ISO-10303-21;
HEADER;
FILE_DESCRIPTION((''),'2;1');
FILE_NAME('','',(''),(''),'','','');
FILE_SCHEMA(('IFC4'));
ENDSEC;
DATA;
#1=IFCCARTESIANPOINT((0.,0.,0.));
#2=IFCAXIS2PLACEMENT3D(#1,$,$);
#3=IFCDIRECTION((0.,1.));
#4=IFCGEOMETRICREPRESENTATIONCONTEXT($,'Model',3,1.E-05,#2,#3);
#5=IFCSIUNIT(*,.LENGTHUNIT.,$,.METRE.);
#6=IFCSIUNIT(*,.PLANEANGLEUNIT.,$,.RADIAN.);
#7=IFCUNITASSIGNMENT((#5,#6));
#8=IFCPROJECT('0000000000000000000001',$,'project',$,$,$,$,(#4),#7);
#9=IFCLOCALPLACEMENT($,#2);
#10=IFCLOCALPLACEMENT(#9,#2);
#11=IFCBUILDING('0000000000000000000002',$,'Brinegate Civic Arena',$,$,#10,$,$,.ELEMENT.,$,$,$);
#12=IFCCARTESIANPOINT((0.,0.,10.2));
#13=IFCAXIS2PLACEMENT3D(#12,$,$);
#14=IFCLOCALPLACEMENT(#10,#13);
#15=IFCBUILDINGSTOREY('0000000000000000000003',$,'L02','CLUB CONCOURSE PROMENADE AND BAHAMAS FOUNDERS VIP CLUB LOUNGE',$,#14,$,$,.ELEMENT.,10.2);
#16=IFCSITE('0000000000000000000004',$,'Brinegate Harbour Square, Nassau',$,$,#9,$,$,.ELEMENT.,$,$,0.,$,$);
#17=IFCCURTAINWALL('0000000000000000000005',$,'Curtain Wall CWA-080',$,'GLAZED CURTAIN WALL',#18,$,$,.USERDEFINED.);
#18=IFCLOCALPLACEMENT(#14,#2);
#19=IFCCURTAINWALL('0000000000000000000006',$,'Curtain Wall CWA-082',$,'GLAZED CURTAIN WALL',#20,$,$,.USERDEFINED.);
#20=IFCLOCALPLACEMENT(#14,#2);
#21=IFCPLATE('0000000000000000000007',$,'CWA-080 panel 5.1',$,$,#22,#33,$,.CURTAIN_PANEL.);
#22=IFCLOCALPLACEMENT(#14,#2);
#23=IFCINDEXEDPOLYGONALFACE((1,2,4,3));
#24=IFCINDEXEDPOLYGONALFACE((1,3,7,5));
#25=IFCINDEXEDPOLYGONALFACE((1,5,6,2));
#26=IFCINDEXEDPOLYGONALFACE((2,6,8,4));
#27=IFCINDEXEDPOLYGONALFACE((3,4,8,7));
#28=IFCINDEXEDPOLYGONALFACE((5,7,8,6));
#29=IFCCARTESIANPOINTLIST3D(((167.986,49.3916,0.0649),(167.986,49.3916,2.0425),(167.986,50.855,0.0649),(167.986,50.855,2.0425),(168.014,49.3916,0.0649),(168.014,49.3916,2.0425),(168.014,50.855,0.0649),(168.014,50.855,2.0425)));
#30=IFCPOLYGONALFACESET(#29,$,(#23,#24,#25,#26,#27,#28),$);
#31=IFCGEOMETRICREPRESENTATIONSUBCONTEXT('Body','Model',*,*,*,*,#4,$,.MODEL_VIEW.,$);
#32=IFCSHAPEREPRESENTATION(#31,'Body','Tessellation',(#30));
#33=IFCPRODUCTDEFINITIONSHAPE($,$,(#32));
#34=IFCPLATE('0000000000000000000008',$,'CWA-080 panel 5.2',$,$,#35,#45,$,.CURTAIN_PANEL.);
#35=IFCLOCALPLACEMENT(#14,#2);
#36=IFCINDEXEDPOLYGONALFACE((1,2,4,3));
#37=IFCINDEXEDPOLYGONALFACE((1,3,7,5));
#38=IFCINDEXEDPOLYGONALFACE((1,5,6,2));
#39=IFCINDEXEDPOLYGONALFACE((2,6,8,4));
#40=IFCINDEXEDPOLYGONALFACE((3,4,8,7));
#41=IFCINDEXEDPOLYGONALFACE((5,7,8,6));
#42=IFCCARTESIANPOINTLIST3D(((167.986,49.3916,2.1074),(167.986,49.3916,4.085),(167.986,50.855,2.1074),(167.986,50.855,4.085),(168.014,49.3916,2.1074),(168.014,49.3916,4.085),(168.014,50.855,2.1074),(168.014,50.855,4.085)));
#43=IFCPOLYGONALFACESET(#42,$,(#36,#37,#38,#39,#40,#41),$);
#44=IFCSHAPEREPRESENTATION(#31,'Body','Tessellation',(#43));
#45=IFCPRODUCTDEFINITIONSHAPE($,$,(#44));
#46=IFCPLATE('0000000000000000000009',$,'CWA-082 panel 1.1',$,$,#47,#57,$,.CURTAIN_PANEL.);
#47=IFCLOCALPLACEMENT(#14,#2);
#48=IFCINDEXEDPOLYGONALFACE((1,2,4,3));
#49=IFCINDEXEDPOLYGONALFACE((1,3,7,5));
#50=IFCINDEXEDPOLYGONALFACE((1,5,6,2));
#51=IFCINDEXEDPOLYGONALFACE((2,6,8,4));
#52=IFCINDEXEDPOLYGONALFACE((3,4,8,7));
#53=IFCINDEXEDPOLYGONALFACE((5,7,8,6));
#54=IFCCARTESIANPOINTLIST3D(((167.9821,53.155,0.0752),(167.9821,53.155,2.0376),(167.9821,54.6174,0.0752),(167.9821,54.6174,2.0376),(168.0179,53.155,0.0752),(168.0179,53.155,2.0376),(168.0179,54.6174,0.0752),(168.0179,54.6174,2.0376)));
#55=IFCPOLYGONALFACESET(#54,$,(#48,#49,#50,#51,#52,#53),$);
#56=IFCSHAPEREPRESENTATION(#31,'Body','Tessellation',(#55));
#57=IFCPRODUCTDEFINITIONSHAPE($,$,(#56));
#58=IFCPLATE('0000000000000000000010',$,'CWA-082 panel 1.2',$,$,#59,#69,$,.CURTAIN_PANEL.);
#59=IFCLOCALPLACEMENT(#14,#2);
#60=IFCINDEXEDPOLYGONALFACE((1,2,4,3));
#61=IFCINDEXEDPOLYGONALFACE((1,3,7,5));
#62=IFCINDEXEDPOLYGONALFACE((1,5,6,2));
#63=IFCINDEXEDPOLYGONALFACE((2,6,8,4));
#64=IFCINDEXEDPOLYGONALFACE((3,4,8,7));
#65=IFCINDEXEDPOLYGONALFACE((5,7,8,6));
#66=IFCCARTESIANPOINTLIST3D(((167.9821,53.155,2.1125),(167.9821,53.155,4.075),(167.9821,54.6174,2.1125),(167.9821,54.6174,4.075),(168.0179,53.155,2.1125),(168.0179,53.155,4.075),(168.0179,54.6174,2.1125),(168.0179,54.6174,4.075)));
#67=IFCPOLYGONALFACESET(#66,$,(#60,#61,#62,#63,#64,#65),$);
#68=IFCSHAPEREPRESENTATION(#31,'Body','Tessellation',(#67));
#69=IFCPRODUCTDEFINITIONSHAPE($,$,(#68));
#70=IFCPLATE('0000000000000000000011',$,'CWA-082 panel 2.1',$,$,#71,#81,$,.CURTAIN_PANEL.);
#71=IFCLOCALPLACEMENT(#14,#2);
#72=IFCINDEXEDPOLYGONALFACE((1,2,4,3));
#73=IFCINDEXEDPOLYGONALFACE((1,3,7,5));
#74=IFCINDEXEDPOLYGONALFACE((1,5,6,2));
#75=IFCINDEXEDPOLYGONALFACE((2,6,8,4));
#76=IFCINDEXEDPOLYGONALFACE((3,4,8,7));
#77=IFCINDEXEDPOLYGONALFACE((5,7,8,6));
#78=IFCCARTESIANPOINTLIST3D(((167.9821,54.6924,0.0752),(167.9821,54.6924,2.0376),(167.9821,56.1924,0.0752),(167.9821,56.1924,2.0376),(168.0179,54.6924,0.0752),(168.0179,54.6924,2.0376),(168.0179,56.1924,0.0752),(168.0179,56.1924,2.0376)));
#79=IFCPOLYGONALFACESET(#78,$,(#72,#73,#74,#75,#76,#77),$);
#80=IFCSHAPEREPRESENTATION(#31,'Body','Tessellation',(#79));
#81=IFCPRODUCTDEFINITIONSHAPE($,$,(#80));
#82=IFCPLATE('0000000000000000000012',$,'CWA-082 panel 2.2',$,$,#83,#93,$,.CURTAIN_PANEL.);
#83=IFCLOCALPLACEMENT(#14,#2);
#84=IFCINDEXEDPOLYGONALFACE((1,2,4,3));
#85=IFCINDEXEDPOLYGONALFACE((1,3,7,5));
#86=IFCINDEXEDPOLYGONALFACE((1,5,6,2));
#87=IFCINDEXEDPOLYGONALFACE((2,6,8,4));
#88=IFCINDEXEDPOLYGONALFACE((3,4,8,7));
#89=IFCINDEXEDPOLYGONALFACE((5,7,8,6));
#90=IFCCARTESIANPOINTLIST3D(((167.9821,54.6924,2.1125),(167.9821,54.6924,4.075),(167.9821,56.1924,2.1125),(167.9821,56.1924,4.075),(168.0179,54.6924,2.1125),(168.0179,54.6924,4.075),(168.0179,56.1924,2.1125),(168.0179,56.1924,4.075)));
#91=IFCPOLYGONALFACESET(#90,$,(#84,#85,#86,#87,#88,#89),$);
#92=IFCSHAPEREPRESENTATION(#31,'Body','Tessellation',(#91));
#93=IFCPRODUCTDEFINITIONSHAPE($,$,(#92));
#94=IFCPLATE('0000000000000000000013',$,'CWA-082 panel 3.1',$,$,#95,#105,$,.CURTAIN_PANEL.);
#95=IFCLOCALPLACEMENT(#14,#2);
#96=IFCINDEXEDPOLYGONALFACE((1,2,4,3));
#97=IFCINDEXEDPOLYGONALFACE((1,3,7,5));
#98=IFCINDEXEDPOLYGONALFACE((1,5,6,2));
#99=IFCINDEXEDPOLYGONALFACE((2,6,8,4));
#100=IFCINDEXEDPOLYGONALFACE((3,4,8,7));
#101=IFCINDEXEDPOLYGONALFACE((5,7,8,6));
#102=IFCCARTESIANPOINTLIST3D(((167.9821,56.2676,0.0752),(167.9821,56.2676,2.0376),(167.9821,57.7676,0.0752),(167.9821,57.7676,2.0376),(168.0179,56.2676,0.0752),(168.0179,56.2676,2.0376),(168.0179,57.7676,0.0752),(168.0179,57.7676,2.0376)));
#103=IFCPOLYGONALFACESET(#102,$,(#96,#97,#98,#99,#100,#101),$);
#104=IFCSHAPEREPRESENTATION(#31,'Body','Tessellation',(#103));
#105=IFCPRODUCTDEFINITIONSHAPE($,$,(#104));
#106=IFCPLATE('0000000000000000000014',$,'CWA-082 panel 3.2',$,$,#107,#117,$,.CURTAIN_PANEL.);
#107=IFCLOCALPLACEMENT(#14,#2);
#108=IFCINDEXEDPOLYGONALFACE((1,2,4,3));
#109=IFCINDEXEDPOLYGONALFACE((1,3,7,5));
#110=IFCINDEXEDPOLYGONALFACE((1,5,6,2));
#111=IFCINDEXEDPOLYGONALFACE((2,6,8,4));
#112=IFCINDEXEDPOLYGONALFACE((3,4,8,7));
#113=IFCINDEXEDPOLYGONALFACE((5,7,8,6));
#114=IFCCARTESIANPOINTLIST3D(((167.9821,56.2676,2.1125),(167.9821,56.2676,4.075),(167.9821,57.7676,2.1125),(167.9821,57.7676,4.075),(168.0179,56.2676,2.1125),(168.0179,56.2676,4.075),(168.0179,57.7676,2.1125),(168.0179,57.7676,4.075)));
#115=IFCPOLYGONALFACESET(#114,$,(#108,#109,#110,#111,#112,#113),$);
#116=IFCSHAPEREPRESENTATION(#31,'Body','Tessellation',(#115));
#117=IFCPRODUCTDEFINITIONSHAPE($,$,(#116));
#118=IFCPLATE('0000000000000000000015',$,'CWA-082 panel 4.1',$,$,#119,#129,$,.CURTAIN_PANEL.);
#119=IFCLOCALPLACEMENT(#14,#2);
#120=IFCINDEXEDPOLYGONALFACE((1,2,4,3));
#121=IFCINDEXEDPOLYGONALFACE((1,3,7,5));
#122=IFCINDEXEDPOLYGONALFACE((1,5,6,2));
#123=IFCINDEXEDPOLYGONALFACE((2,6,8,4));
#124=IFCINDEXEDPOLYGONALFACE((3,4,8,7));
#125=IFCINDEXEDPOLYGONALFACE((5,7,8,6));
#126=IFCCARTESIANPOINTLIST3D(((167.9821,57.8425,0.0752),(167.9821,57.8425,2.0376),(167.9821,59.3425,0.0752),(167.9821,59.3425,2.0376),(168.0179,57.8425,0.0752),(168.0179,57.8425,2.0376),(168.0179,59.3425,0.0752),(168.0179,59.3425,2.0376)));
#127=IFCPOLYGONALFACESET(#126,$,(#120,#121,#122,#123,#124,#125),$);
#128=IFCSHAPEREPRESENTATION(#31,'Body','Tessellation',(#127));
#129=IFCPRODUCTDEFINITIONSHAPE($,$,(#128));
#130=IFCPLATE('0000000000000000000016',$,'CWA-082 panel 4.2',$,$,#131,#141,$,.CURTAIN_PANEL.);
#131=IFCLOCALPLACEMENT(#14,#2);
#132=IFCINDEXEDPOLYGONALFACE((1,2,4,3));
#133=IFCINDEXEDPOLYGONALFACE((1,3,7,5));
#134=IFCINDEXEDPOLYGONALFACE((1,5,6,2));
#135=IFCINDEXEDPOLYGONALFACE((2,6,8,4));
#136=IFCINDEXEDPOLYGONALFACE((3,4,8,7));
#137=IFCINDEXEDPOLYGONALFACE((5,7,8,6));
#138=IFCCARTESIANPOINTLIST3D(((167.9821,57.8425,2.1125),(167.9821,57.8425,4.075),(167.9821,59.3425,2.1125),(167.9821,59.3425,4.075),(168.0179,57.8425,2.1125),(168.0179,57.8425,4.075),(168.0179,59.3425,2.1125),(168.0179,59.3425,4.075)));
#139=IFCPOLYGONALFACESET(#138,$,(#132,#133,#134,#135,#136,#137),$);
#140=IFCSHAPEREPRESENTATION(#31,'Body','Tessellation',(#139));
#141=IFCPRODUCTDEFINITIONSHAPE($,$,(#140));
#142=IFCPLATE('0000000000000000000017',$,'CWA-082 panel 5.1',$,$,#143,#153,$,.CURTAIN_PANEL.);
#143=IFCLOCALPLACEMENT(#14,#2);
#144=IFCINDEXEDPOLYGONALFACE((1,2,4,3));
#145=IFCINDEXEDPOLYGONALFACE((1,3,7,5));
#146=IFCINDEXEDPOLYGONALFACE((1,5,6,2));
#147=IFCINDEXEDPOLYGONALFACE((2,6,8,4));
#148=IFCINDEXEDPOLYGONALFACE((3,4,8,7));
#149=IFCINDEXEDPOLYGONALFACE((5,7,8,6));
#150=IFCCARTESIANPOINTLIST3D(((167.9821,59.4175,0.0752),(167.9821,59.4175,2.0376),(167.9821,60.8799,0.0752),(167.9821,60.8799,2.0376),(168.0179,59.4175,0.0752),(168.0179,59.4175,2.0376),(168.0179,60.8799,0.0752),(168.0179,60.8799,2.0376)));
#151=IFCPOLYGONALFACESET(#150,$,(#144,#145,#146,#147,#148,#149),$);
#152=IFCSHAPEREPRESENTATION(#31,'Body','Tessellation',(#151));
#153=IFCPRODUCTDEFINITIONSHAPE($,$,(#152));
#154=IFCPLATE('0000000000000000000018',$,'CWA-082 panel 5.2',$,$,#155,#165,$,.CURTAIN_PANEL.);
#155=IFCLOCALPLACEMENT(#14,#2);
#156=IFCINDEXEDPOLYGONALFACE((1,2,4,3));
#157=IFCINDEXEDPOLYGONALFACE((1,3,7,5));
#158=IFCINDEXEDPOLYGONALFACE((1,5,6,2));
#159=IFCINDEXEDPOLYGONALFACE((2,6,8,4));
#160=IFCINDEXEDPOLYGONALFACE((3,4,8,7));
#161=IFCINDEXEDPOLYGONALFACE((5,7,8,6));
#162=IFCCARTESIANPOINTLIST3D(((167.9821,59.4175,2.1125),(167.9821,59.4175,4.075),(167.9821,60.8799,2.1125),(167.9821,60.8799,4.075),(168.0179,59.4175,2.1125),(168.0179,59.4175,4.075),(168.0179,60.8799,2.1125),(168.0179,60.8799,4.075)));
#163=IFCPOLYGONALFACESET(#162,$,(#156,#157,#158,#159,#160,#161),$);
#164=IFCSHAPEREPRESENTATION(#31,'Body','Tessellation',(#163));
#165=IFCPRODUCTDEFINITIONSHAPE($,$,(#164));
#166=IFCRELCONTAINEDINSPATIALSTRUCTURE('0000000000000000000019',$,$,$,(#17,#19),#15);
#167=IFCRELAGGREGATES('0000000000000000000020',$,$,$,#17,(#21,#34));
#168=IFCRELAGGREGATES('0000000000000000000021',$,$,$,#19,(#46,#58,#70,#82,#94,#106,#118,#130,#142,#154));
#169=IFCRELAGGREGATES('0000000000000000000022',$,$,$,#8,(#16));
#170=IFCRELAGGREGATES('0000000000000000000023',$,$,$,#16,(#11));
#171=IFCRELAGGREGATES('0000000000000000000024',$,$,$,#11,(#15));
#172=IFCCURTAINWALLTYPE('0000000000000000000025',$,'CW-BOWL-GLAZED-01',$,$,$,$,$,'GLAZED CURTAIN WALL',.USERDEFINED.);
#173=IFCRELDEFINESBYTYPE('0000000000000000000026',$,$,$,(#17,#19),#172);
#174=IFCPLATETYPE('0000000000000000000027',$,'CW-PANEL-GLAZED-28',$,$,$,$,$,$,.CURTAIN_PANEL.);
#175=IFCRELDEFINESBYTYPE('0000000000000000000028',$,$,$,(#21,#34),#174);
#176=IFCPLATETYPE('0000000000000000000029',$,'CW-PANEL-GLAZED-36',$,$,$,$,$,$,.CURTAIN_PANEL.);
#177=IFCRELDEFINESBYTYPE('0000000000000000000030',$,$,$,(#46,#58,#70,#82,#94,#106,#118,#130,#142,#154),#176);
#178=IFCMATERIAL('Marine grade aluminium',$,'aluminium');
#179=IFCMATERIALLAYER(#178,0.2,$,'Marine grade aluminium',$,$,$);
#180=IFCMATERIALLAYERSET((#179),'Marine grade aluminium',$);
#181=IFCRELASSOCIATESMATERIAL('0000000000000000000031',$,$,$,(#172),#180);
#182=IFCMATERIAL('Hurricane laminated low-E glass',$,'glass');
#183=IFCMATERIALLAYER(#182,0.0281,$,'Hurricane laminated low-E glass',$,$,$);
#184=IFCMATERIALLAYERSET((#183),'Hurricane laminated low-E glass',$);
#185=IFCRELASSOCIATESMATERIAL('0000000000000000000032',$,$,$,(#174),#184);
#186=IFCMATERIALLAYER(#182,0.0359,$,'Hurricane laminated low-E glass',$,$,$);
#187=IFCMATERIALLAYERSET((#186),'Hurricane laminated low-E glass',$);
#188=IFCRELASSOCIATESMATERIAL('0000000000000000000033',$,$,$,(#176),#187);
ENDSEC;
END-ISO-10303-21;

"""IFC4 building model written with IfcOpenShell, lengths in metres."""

from ifc_helpers import new_model, si_unit, direction, frame, origin, origin_2d, place, context, subcontext, project, spatial, rectangle, extrude, material, layer, layer_set, type_object, element, aggregate, save


model = new_model("IFC4")

# Units and contexts
model_context = context("Model", 3, precision=1e-05, world=origin(), true_north=direction((0.0, 1.0)))
body_context = subcontext(model_context, "Body", "Model", "MODEL_VIEW")
ifc_project = project(units=[si_unit("LENGTHUNIT", "METRE"), si_unit("PLANEANGLEUNIT", "RADIAN")], contexts=[model_context])

# Site, building, storey
site_placement = place(None, origin())
site = spatial("IfcSite", under=ifc_project, at=site_placement, Name="Brinegate Harbour Square, Nassau", CompositionType="ELEMENT", RefElevation=0.0)
building_placement = place(site_placement, origin())
building = spatial("IfcBuilding", under=site, at=building_placement, Name="Brinegate Civic Arena", CompositionType="ELEMENT")
storey_placement = place(building_placement, frame((0.0, 0.0, 10.2)))
storey = spatial("IfcBuildingStorey", under=building, at=storey_placement, Name="L02", Description="CLUB CONCOURSE PROMENADE AND BAHAMAS FOUNDERS VIP CLUB LOUNGE", CompositionType="ELEMENT", Elevation=10.2)

# Curtain wall
ifc_material_1 = material(Name="Marine grade aluminium", Category="aluminium")
ifc_layer_1 = layer(ifc_material_1, 0.2, Name="Marine grade aluminium")
ifc_layer_set_1 = layer_set([ifc_layer_1], Name="Marine grade aluminium")
curtain_wall_type = type_object("IfcCurtainWallType", Name="CW-BOWL-GLAZED-01", ElementType="GLAZED CURTAIN WALL", PredefinedType="USERDEFINED", material=ifc_layer_set_1)
curtain_wall_1_placement = place(storey_placement, origin())
curtain_wall_1 = element("IfcCurtainWall", 1, at=curtain_wall_1_placement, inside=storey, type_object=curtain_wall_type, Name="Curtain Wall CWA-080", ObjectType="GLAZED CURTAIN WALL", PredefinedType="USERDEFINED")

# Curtain wall
curtain_wall_2_placement = place(storey_placement, origin())
curtain_wall_2 = element("IfcCurtainWall", 2, at=curtain_wall_2_placement, inside=storey, type_object=curtain_wall_type, Name="Curtain Wall CWA-082", ObjectType="GLAZED CURTAIN WALL", PredefinedType="USERDEFINED")

# Plates
ifc_material_2 = material(Name="Hurricane laminated low-E glass", Category="glass")
ifc_layer_2 = layer(ifc_material_2, 0.0281, Name="Hurricane laminated low-E glass")
ifc_layer_set_2 = layer_set([ifc_layer_2], Name="Hurricane laminated low-E glass")
plate_type_1 = type_object("IfcPlateType", Name="CW-PANEL-GLAZED-28", PredefinedType="CURTAIN_PANEL", material=ifc_layer_set_2)
plate_1_placement = place(storey_placement, frame((168.0, 50.1233, 0.0649), z_axis=(0.0, 0.0, 1.0), x_axis=(0.0, 1.0, 0.0)))
plate_1 = element("IfcPlate", 3, at=plate_1_placement, type_object=plate_type_1, Name="CWA-080 panel 5.1", PredefinedType="CURTAIN_PANEL", context=body_context, shape_type="SweptSolid", body=[
    extrude(rectangle(XDim=1.4634, YDim=0.0281, at=origin_2d()), origin(), (0.0, 0.0, 1.0), 1.9775),
])
plate_2_placement = place(storey_placement, frame((168.0, 50.1233, 2.1074), z_axis=(0.0, 0.0, 1.0), x_axis=(0.0, 1.0, 0.0)))
plate_2 = element("IfcPlate", 4, at=plate_2_placement, type_object=plate_type_1, Name="CWA-080 panel 5.2", PredefinedType="CURTAIN_PANEL", context=body_context, shape_type="SweptSolid", body=[
    extrude(rectangle(XDim=1.4634, YDim=0.0281, at=origin_2d()), origin(), (0.0, 0.0, 1.0), 1.9775),
])
aggregate(curtain_wall_1, [plate_1, plate_2])
ifc_layer_3 = layer(ifc_material_2, 0.0359, Name="Hurricane laminated low-E glass")
ifc_layer_set_3 = layer_set([ifc_layer_3], Name="Hurricane laminated low-E glass")
plate_type_2 = type_object("IfcPlateType", Name="CW-PANEL-GLAZED-36", PredefinedType="CURTAIN_PANEL", material=ifc_layer_set_3)
plate_3_placement = place(storey_placement, frame((168.0, 53.8862, 0.0752), z_axis=(0.0, 0.0, 1.0), x_axis=(0.0, 1.0, 0.0)))
plate_3 = element("IfcPlate", 5, at=plate_3_placement, type_object=plate_type_2, Name="CWA-082 panel 1.1", PredefinedType="CURTAIN_PANEL", context=body_context, shape_type="SweptSolid", body=[
    extrude(rectangle(XDim=1.4624, YDim=0.0359, at=origin_2d()), origin(), (0.0, 0.0, 1.0), 1.9624),
])
plate_4_placement = place(storey_placement, frame((168.0, 53.8862, 2.1125), z_axis=(0.0, 0.0, 1.0), x_axis=(0.0, 1.0, 0.0)))
plate_4 = element("IfcPlate", 6, at=plate_4_placement, type_object=plate_type_2, Name="CWA-082 panel 1.2", PredefinedType="CURTAIN_PANEL", context=body_context, shape_type="SweptSolid", body=[
    extrude(rectangle(XDim=1.4624, YDim=0.0359, at=origin_2d()), origin(), (0.0, 0.0, 1.0), 1.9624),
])
plate_5_placement = place(storey_placement, frame((168.0, 55.4424, 0.0752), z_axis=(0.0, 0.0, 1.0), x_axis=(0.0, 1.0, 0.0)))
plate_5 = element("IfcPlate", 7, at=plate_5_placement, type_object=plate_type_2, Name="CWA-082 panel 2.1", PredefinedType="CURTAIN_PANEL", context=body_context, shape_type="SweptSolid", body=[
    extrude(rectangle(XDim=1.5, YDim=0.0359, at=origin_2d()), origin(), (0.0, 0.0, 1.0), 1.9624),
])
plate_6_placement = place(storey_placement, frame((168.0, 55.4424, 2.1125), z_axis=(0.0, 0.0, 1.0), x_axis=(0.0, 1.0, 0.0)))
plate_6 = element("IfcPlate", 8, at=plate_6_placement, type_object=plate_type_2, Name="CWA-082 panel 2.2", PredefinedType="CURTAIN_PANEL", context=body_context, shape_type="SweptSolid", body=[
    extrude(rectangle(XDim=1.5, YDim=0.0359, at=origin_2d()), origin(), (0.0, 0.0, 1.0), 1.9624),
])
plate_7_placement = place(storey_placement, frame((168.0, 57.0176, 0.0752), z_axis=(0.0, 0.0, 1.0), x_axis=(0.0, 1.0, 0.0)))
plate_7 = element("IfcPlate", 9, at=plate_7_placement, type_object=plate_type_2, Name="CWA-082 panel 3.1", PredefinedType="CURTAIN_PANEL", context=body_context, shape_type="SweptSolid", body=[
    extrude(rectangle(XDim=1.5, YDim=0.0359, at=origin_2d()), origin(), (0.0, 0.0, 1.0), 1.9624),
])
plate_8_placement = place(storey_placement, frame((168.0, 57.0176, 2.1125), z_axis=(0.0, 0.0, 1.0), x_axis=(0.0, 1.0, 0.0)))
plate_8 = element("IfcPlate", 10, at=plate_8_placement, type_object=plate_type_2, Name="CWA-082 panel 3.2", PredefinedType="CURTAIN_PANEL", context=body_context, shape_type="SweptSolid", body=[
    extrude(rectangle(XDim=1.5, YDim=0.0359, at=origin_2d()), origin(), (0.0, 0.0, 1.0), 1.9624),
])
plate_9_placement = place(storey_placement, frame((168.0, 58.5925, 0.0752), z_axis=(0.0, 0.0, 1.0), x_axis=(0.0, 1.0, 0.0)))
plate_9 = element("IfcPlate", 11, at=plate_9_placement, type_object=plate_type_2, Name="CWA-082 panel 4.1", PredefinedType="CURTAIN_PANEL", context=body_context, shape_type="SweptSolid", body=[
    extrude(rectangle(XDim=1.5, YDim=0.0359, at=origin_2d()), origin(), (0.0, 0.0, 1.0), 1.9624),
])
plate_10_placement = place(storey_placement, frame((168.0, 58.5925, 2.1125), z_axis=(0.0, 0.0, 1.0), x_axis=(0.0, 1.0, 0.0)))
plate_10 = element("IfcPlate", 12, at=plate_10_placement, type_object=plate_type_2, Name="CWA-082 panel 4.2", PredefinedType="CURTAIN_PANEL", context=body_context, shape_type="SweptSolid", body=[
    extrude(rectangle(XDim=1.5, YDim=0.0359, at=origin_2d()), origin(), (0.0, 0.0, 1.0), 1.9624),
])
plate_11_placement = place(storey_placement, frame((168.0, 60.1487, 0.0752), z_axis=(0.0, 0.0, 1.0), x_axis=(0.0, 1.0, 0.0)))
plate_11 = element("IfcPlate", 13, at=plate_11_placement, type_object=plate_type_2, Name="CWA-082 panel 5.1", PredefinedType="CURTAIN_PANEL", context=body_context, shape_type="SweptSolid", body=[
    extrude(rectangle(XDim=1.4624, YDim=0.0359, at=origin_2d()), origin(), (0.0, 0.0, 1.0), 1.9624),
])
plate_12_placement = place(storey_placement, frame((168.0, 60.1487, 2.1125), z_axis=(0.0, 0.0, 1.0), x_axis=(0.0, 1.0, 0.0)))
plate_12 = element("IfcPlate", 14, at=plate_12_placement, type_object=plate_type_2, Name="CWA-082 panel 5.2", PredefinedType="CURTAIN_PANEL", context=body_context, shape_type="SweptSolid", body=[
    extrude(rectangle(XDim=1.4624, YDim=0.0359, at=origin_2d()), origin(), (0.0, 0.0, 1.0), 1.9624),
])
aggregate(curtain_wall_2, [plate_3, plate_4, plate_5, plate_6, plate_7, plate_8, plate_9, plate_10, plate_11, plate_12])

save(model, "model.ifc")
